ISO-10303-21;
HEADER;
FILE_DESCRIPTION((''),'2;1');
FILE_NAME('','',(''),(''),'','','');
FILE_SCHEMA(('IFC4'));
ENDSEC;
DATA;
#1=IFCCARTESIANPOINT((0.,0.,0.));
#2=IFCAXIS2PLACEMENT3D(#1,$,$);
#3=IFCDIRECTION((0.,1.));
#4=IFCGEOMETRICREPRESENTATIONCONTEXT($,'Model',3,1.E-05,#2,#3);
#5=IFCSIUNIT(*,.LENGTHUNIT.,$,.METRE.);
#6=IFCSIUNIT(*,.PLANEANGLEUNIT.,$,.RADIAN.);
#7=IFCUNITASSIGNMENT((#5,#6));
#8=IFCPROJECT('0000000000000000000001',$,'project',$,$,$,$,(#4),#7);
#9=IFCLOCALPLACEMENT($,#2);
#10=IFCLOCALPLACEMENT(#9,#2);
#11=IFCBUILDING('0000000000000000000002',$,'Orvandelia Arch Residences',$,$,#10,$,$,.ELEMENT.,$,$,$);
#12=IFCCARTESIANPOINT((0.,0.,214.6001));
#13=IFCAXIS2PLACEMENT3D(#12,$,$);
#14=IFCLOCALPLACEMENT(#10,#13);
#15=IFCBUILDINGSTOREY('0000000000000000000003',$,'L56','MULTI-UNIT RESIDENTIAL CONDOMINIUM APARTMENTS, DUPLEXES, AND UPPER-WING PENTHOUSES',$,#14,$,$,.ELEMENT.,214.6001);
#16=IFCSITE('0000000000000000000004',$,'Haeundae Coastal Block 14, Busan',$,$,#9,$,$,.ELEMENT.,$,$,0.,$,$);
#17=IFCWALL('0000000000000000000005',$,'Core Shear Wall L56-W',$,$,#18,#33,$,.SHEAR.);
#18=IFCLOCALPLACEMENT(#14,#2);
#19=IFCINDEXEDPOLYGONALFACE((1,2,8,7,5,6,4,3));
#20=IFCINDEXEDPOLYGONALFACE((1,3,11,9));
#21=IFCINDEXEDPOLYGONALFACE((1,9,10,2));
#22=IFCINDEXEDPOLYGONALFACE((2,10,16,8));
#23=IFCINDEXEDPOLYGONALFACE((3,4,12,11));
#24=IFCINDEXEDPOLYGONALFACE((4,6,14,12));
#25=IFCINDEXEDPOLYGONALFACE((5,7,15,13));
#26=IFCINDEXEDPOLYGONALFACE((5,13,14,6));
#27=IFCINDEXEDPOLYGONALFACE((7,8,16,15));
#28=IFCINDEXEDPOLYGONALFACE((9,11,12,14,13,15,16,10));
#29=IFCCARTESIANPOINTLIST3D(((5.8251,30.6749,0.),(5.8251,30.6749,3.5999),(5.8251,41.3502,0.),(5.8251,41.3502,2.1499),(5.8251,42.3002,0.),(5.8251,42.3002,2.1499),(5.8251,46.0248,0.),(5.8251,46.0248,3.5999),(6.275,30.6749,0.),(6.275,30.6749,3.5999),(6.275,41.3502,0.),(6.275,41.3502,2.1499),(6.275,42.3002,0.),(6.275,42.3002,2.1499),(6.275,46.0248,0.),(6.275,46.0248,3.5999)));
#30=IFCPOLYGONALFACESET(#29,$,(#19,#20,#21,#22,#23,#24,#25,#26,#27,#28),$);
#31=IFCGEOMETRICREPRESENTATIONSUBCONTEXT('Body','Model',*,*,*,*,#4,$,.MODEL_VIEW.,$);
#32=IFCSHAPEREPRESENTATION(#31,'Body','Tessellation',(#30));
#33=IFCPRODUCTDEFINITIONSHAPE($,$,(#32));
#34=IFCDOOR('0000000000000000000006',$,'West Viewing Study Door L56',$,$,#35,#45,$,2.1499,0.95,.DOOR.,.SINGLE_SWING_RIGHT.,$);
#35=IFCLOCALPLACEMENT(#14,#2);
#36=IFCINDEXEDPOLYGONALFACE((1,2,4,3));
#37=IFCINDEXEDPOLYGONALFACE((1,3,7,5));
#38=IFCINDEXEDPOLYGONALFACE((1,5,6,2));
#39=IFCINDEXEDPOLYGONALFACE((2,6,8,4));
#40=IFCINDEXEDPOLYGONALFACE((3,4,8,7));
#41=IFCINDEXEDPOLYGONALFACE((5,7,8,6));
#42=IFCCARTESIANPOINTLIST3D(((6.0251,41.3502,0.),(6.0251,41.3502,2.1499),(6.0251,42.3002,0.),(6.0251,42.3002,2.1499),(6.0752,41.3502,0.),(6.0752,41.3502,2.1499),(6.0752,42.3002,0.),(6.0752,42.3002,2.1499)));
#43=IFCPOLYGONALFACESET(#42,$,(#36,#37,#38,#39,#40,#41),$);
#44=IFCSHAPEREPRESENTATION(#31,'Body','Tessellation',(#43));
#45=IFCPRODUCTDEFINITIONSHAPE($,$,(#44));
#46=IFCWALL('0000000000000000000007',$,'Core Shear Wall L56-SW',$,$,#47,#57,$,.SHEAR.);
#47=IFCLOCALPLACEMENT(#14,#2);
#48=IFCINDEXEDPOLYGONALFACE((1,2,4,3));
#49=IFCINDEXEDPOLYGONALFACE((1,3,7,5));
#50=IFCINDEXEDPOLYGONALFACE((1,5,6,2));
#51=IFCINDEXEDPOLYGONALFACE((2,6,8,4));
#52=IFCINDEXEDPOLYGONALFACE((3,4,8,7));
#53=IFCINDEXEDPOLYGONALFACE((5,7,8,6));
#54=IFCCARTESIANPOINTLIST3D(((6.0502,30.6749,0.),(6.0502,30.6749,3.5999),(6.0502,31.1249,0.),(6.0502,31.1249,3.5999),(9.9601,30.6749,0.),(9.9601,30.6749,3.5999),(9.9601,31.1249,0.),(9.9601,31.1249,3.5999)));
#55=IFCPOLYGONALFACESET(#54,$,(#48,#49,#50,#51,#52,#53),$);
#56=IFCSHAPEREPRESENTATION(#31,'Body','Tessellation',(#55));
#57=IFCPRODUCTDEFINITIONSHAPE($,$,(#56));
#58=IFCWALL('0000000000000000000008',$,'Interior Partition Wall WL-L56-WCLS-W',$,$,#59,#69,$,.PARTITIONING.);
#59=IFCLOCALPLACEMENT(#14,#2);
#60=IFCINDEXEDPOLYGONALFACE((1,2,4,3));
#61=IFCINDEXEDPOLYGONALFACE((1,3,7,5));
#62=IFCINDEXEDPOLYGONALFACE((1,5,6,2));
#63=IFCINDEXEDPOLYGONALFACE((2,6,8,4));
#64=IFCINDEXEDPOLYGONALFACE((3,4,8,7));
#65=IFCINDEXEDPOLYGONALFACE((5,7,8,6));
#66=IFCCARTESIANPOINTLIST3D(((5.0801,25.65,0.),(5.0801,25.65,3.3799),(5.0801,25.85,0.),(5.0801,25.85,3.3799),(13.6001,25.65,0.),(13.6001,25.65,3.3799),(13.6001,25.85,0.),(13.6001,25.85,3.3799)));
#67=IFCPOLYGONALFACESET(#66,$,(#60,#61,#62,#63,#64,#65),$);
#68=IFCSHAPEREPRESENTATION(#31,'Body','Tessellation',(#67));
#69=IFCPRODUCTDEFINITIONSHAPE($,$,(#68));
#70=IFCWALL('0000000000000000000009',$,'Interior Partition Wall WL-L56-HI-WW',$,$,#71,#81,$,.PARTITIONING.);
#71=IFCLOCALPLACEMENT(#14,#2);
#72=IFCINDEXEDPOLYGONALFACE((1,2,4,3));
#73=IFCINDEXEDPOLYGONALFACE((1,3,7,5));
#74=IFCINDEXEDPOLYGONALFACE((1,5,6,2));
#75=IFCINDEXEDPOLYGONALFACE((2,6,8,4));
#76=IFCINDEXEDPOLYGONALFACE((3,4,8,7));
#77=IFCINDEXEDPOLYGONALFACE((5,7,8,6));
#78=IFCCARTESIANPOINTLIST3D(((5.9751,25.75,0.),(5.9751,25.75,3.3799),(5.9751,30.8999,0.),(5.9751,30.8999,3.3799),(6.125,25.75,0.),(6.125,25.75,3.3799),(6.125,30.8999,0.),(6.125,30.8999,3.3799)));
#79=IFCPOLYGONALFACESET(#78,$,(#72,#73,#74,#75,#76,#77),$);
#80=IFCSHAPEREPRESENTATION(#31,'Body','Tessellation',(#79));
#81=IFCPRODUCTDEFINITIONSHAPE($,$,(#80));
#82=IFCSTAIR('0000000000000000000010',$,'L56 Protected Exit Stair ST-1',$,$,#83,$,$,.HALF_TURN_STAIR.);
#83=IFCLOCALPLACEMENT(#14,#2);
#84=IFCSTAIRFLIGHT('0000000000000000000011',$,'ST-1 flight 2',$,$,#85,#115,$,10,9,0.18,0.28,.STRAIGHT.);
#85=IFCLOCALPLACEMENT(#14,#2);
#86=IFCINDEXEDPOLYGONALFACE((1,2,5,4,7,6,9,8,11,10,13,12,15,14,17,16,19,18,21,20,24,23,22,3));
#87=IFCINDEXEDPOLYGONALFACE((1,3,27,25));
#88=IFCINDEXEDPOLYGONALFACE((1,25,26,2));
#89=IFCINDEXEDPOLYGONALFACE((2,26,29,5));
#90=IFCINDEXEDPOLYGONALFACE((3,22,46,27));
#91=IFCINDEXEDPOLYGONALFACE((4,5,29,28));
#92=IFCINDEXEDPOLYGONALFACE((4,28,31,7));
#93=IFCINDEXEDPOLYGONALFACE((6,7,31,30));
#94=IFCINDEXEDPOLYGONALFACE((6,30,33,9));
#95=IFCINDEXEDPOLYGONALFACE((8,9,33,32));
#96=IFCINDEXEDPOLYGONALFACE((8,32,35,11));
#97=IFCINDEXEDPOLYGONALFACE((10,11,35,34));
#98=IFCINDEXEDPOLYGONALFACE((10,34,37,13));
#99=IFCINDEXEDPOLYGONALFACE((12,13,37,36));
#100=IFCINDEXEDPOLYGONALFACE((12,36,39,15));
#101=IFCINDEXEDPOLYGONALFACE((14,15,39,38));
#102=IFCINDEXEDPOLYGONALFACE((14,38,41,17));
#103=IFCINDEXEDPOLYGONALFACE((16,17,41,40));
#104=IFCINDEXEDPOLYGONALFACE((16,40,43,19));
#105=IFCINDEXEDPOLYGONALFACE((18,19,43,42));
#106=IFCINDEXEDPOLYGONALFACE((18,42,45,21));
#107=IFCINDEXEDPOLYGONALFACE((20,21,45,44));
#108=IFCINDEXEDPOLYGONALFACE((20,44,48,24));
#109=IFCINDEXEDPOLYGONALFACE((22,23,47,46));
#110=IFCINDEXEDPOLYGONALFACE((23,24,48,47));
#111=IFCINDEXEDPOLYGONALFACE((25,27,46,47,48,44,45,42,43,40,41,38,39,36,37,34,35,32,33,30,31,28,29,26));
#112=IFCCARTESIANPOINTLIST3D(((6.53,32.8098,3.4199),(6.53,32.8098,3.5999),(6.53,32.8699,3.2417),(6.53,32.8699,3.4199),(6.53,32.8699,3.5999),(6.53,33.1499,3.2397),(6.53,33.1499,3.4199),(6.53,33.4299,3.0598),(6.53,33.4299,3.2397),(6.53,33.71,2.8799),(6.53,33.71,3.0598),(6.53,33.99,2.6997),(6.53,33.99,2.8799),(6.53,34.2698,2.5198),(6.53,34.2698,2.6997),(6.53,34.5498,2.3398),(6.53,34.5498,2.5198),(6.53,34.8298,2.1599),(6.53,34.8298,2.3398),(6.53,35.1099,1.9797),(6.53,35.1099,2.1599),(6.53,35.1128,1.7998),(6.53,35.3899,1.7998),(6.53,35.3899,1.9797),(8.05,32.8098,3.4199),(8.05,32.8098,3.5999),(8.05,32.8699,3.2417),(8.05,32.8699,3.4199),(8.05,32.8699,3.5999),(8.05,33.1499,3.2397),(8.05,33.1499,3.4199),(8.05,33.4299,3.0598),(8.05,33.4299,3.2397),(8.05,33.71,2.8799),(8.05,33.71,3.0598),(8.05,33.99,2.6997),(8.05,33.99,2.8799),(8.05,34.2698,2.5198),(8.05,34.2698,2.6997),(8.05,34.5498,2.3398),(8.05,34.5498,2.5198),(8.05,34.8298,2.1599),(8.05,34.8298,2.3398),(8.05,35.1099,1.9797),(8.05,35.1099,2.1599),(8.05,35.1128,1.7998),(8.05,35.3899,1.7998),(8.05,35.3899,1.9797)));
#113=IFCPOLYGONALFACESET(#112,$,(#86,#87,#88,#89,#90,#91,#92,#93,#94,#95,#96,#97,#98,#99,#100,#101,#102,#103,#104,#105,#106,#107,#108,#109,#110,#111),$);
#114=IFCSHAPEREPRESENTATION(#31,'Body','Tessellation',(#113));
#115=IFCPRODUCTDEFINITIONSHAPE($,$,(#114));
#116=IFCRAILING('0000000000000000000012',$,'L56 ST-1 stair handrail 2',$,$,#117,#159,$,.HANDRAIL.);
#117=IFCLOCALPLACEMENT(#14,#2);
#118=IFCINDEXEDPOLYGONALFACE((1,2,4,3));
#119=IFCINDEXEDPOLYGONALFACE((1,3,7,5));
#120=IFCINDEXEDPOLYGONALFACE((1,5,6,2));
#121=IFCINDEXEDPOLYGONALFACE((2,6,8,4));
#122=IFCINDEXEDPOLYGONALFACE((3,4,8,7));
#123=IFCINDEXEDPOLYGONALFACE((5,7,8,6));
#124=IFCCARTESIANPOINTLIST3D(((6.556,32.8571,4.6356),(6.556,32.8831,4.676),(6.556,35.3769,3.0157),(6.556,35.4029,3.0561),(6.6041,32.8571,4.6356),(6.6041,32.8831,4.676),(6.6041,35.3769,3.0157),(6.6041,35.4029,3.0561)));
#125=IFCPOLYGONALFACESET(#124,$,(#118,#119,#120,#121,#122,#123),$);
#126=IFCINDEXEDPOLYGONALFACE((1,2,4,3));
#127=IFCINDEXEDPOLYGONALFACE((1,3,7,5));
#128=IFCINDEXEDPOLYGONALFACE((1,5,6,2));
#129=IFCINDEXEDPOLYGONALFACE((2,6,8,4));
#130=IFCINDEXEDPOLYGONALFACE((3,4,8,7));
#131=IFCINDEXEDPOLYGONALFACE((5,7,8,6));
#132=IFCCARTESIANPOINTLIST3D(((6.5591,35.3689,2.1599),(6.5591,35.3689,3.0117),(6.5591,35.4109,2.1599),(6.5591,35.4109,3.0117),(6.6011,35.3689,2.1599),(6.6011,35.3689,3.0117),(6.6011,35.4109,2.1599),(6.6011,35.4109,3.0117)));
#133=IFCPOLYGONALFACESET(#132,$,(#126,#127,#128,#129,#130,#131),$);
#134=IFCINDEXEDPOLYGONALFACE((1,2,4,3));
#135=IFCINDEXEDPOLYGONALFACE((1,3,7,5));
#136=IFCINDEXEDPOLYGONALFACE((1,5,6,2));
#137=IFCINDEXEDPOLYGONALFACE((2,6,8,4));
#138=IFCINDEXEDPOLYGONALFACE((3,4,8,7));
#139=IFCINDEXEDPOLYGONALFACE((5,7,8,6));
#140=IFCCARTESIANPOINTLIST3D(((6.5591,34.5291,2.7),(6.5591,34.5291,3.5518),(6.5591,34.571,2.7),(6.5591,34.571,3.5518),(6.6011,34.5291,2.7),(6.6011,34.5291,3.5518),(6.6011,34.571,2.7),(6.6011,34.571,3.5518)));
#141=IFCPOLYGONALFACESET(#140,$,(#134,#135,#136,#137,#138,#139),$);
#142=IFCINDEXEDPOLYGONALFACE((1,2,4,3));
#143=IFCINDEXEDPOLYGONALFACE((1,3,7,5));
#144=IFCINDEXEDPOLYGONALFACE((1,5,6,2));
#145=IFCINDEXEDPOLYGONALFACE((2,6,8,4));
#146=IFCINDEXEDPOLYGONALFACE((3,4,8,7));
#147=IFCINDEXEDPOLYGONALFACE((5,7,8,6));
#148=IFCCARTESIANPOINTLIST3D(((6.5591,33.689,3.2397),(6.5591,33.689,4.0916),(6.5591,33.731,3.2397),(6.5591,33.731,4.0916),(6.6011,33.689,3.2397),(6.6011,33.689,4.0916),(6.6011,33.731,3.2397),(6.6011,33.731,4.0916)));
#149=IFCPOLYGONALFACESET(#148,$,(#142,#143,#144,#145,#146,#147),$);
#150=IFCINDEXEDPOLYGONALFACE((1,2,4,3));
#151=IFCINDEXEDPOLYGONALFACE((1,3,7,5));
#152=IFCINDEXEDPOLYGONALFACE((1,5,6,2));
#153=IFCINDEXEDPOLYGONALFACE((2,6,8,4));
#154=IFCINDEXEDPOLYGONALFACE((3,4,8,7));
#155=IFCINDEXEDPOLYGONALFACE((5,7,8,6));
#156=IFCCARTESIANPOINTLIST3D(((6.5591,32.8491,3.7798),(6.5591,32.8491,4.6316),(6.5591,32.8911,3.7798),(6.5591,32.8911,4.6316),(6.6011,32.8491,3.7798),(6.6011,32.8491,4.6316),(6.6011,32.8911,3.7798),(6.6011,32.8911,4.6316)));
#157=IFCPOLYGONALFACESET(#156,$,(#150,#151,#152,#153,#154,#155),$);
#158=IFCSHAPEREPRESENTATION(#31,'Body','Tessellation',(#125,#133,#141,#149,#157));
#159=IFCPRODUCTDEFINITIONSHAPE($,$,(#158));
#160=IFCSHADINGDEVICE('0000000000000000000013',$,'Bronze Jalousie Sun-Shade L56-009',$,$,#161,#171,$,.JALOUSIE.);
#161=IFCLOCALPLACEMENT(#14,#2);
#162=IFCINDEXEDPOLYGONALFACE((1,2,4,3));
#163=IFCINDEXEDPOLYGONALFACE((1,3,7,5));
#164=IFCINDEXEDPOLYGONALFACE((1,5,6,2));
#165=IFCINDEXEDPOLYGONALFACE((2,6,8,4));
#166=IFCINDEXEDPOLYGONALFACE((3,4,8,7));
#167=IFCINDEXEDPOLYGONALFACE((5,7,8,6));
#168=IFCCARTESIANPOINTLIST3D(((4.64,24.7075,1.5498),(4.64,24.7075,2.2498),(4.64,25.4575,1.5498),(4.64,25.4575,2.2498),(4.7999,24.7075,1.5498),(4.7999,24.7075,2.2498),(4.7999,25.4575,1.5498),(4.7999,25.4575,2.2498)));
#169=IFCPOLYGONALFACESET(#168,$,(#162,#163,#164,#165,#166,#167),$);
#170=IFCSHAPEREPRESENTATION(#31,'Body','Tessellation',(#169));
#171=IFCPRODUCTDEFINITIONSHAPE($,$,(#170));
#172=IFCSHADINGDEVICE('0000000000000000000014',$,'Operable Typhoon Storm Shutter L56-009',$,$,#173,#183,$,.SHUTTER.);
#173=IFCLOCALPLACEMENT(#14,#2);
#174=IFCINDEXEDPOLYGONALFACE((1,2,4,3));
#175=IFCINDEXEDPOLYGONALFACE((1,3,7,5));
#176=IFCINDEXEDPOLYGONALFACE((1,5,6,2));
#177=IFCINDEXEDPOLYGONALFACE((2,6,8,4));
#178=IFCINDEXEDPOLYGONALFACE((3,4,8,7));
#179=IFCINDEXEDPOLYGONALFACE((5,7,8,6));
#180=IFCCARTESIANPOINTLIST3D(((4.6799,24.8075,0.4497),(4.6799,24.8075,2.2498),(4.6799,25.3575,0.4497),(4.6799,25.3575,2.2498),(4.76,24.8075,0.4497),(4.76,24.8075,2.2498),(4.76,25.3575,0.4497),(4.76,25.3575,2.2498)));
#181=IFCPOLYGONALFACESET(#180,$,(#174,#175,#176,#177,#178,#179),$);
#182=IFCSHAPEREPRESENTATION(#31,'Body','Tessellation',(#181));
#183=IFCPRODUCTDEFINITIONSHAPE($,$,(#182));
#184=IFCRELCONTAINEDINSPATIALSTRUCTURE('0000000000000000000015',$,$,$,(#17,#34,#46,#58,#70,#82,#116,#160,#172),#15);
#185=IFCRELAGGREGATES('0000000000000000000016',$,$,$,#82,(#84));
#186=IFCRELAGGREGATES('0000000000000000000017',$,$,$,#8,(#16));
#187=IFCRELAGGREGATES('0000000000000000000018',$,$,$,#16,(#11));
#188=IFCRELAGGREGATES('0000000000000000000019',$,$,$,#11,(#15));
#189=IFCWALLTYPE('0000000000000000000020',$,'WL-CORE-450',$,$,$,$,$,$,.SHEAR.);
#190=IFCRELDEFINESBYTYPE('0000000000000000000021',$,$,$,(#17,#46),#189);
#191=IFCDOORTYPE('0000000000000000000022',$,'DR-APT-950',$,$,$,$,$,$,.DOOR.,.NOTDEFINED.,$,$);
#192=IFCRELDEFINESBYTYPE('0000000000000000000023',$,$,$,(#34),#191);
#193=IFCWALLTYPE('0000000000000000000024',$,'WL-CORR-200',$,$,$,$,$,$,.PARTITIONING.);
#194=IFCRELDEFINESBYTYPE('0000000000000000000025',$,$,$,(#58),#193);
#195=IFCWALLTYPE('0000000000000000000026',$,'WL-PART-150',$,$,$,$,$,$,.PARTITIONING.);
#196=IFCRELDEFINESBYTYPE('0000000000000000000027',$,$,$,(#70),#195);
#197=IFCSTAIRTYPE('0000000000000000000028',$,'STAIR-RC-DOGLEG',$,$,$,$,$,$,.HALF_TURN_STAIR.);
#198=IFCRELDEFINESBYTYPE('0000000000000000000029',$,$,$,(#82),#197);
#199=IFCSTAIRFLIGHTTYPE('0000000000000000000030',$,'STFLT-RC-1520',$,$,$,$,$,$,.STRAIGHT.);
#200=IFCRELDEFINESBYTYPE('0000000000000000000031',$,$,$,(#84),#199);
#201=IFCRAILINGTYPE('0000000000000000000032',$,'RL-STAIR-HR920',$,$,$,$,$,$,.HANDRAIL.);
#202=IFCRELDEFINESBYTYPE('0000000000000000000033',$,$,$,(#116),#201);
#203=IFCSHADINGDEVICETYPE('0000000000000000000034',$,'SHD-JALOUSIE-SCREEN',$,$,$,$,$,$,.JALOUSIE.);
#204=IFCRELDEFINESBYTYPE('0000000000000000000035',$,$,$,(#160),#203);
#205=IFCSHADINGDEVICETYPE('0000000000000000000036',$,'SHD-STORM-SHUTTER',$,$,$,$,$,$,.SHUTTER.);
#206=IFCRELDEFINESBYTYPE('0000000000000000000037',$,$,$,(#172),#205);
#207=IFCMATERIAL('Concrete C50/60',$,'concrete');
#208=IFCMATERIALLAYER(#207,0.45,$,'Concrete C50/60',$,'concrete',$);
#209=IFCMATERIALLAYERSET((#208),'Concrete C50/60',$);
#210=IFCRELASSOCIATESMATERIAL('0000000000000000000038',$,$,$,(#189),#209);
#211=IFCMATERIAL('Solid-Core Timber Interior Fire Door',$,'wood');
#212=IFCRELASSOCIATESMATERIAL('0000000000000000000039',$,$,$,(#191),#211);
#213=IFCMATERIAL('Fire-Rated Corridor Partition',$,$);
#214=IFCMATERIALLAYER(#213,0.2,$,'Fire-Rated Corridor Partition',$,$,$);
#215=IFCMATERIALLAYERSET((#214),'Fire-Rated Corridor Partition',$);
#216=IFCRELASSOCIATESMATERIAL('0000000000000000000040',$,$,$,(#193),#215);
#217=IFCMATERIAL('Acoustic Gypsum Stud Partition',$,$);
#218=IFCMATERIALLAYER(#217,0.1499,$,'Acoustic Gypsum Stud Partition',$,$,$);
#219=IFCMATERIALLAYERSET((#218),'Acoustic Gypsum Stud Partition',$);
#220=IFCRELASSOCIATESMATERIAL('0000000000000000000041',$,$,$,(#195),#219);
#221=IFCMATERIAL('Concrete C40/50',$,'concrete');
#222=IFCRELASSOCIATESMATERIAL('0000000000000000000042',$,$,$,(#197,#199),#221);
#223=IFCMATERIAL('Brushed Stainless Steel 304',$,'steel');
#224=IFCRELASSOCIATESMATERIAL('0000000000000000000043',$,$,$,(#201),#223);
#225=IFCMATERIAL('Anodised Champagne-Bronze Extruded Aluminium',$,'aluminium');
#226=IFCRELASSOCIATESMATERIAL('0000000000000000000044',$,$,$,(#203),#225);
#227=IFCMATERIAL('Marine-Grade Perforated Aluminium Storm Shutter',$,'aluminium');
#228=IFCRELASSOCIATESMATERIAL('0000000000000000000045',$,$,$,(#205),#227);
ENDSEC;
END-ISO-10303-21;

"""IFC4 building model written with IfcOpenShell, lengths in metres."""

from ifc_helpers import new_model, si_unit, direction, frame, frame_2d, origin, origin_2d, place, context, subcontext, project, spatial, polyline, rectangle, outline, extrude, material, layer, layer_set, type_object, element, fill, aggregate, save


model = new_model("IFC4")

# Units and contexts
model_context = context("Model", 3, precision=1e-05, world=origin(), true_north=direction((0.0, 1.0)))
body_context = subcontext(model_context, "Body", "Model", "MODEL_VIEW")
ifc_project = project(units=[si_unit("LENGTHUNIT", "METRE"), si_unit("PLANEANGLEUNIT", "RADIAN")], contexts=[model_context])

# Site, building, storey
site_placement = place(None, origin())
site = spatial("IfcSite", under=ifc_project, at=site_placement, Name="Haeundae Coastal Block 14, Busan", CompositionType="ELEMENT", RefElevation=0.0)
building_placement = place(site_placement, origin())
building = spatial("IfcBuilding", under=site, at=building_placement, Name="Orvandelia Arch Residences", CompositionType="ELEMENT")
storey_placement = place(building_placement, frame((0.0, 0.0, 214.6001)))
storey = spatial("IfcBuildingStorey", under=building, at=storey_placement, Name="L56", Description="MULTI-UNIT RESIDENTIAL CONDOMINIUM APARTMENTS, DUPLEXES, AND UPPER-WING PENTHOUSES", CompositionType="ELEMENT", Elevation=214.6001)

# Wall, opening, door
ifc_material_1 = material(Name="Concrete C50/60", Category="concrete")
ifc_layer_1 = layer(ifc_material_1, 0.45, Name="Concrete C50/60", Category="concrete")
ifc_layer_set_1 = layer_set([ifc_layer_1], Name="Concrete C50/60")
wall_type_1 = type_object("IfcWallType", Name="WL-CORE-450", PredefinedType="SHEAR", material=ifc_layer_set_1)
wall_1_placement = place(storey_placement, frame((6.05, 30.675, 0.0), z_axis=(0.0, 0.0, 1.0), x_axis=(0.0, 1.0, 0.0)))
wall_1 = element("IfcWall", 1, at=wall_1_placement, inside=storey, type_object=wall_type_1, Name="Core Shear Wall L56-W", PredefinedType="SHEAR", context=body_context, shape_type="SweptSolid", body=[
    extrude(rectangle(XDim=15.3499, YDim=0.45, at=frame_2d((7.6748, 0.0))), origin(), (0.0, 0.0, 1.0), 3.5999),
])
opening_placement = place(wall_1_placement, frame((10.675, 0.0, 0.0)))
opening = element("IfcOpeningElement", 2, at=opening_placement, cuts=wall_1, PredefinedType="OPENING", context=body_context, shape_type="SweptSolid", body=[
    extrude(rectangle(XDim=0.95, YDim=2.1499, at=frame_2d((0.4751, 1.075))), frame((0.0, 0.2349, 0.0), z_axis=(0.0, -1.0, 0.0), x_axis=(1.0, 0.0, 0.0)), (0.0, 0.0, 1.0), 0.47),
])
ifc_material_2 = material(Name="Solid-Core Timber Interior Fire Door", Category="wood")
door_type = type_object("IfcDoorType", Name="DR-APT-950", OperationType="NOTDEFINED", PredefinedType="DOOR", material=ifc_material_2)
door_placement = place(opening_placement, origin())
door = element("IfcDoor", 3, at=door_placement, inside=storey, type_object=door_type, Name="West Viewing Study Door L56", OperationType="SINGLE_SWING_RIGHT", OverallHeight=2.1499, OverallWidth=0.95, PredefinedType="DOOR", context=body_context, shape_type="SweptSolid", body=[
    extrude(rectangle(XDim=0.95, YDim=2.1499, at=frame_2d((0.4751, 1.075))), frame((0.0, 0.0249, 0.0), z_axis=(0.0, -1.0, 0.0), x_axis=(1.0, 0.0, 0.0)), (0.0, 0.0, 1.0), 0.05),
])
fill(opening, door)

# Walls
wall_2_placement = place(storey_placement, frame((6.05, 30.8999, 0.0), z_axis=(0.0, 0.0, 1.0), x_axis=(1.0, 0.0, 0.0)))
element("IfcWall", 4, at=wall_2_placement, inside=storey, type_object=wall_type_1, Name="Core Shear Wall L56-SW", PredefinedType="SHEAR", context=body_context, shape_type="SweptSolid", body=[
    extrude(rectangle(XDim=3.9099, YDim=0.45, at=frame_2d((1.9551, 0.0))), origin(), (0.0, 0.0, 1.0), 3.5999),
])
ifc_material_3 = material(Name="Fire-Rated Corridor Partition")
ifc_layer_2 = layer(ifc_material_3, 0.2, Name="Fire-Rated Corridor Partition")
ifc_layer_set_2 = layer_set([ifc_layer_2], Name="Fire-Rated Corridor Partition")
wall_type_2 = type_object("IfcWallType", Name="WL-CORR-200", PredefinedType="PARTITIONING", material=ifc_layer_set_2)
wall_3_placement = place(storey_placement, frame((5.0801, 25.75, 0.0), z_axis=(0.0, 0.0, 1.0), x_axis=(1.0, 0.0, 0.0)))
element("IfcWall", 5, at=wall_3_placement, inside=storey, type_object=wall_type_2, Name="Interior Partition Wall WL-L56-WCLS-W", PredefinedType="PARTITIONING", context=body_context, shape_type="SweptSolid", body=[
    extrude(rectangle(XDim=8.52, YDim=0.2, at=frame_2d((4.26, 0.0))), origin(), (0.0, 0.0, 1.0), 3.3799),
])
ifc_material_4 = material(Name="Acoustic Gypsum Stud Partition")
ifc_layer_3 = layer(ifc_material_4, 0.1499, Name="Acoustic Gypsum Stud Partition")
ifc_layer_set_3 = layer_set([ifc_layer_3], Name="Acoustic Gypsum Stud Partition")
wall_type_3 = type_object("IfcWallType", Name="WL-PART-150", PredefinedType="PARTITIONING", material=ifc_layer_set_3)
wall_4_placement = place(storey_placement, frame((6.05, 25.75, 0.0), z_axis=(0.0, 0.0, 1.0), x_axis=(0.0, 1.0, 0.0)))
element("IfcWall", 6, at=wall_4_placement, inside=storey, type_object=wall_type_3, Name="Interior Partition Wall WL-L56-HI-WW", PredefinedType="PARTITIONING", context=body_context, shape_type="SweptSolid", body=[
    extrude(rectangle(XDim=5.1499, YDim=0.1499, at=frame_2d((2.575, 0.0))), origin(), (0.0, 0.0, 1.0), 3.3799),
])

# Stair, stair flight
ifc_material_5 = material(Name="Concrete C40/50", Category="concrete")
stair_type = type_object("IfcStairType", Name="STAIR-RC-DOGLEG", PredefinedType="HALF_TURN_STAIR", material=ifc_material_5)
stair_placement = place(storey_placement, origin())
stair = element("IfcStair", 7, at=stair_placement, inside=storey, type_object=stair_type, Name="L56 Protected Exit Stair ST-1", PredefinedType="HALF_TURN_STAIR")
stair_flight_type = type_object("IfcStairFlightType", Name="STFLT-RC-1520", PredefinedType="STRAIGHT", material=ifc_material_5)
stair_flight_placement = place(storey_placement, frame((7.29, 35.3899, 1.7998), z_axis=(0.0, 0.0, 1.0), x_axis=(0.0, -1.0, 0.0)))
stair_flight = element("IfcStairFlight", 8, at=stair_flight_placement, type_object=stair_flight_type, Name="ST-1 flight 2", NumberOfRisers=10, NumberOfTreads=9, PredefinedType="STRAIGHT", RiserHeight=0.18, TreadLength=0.28, context=body_context, shape_type="SweptSolid", body=[
    extrude(outline(polyline([(0.0, 0.0), (0.0, 0.1799), (0.28, 0.1799), (0.28, 0.3601), (0.5601, 0.3601), (0.5601, 0.54), (0.8401, 0.54), (0.8401, 0.72), (1.1201, 0.72), (1.1201, 0.8999), (1.3999, 0.8999), (1.3999, 1.0801), (1.6799, 1.0801), (1.6799, 1.26), (1.96, 1.26), (1.96, 1.4399), (2.24, 1.4399), (2.24, 1.6201), (2.52, 1.6201), (2.52, 1.8), (2.5801, 1.8), (2.5801, 1.6201), (2.52, 1.4419), (0.2771, 0.0), (0.0, 0.0)])), frame((0.0, 0.76, 0.0), z_axis=(0.0, -1.0, 0.0), x_axis=(1.0, 0.0, 0.0)), (0.0, 0.0, 1.0), 1.52),
])
aggregate(stair, [stair_flight])

# Railing
ifc_material_6 = material(Name="Brushed Stainless Steel 304", Category="steel")
railing_type = type_object("IfcRailingType", Name="RL-STAIR-HR920", PredefinedType="HANDRAIL", material=ifc_material_6)
railing_placement = place(storey_placement, frame((6.5801, 35.3899, 2.1599)))
element("IfcRailing", 9, at=railing_placement, inside=storey, type_object=railing_type, Name="L56 ST-1 stair handrail 2", PredefinedType="HANDRAIL", context=body_context, shape_type="SweptSolid", body=[
    extrude(rectangle(XDim=0.0481, YDim=0.0481, at=origin_2d()), frame((0.0, 0.0, 0.876), z_axis=(0.0, -0.841176, 0.540762), x_axis=(1.0, 0.0, 0.0)), (0.0, 0.0, 1.0), 2.9956),
    extrude(rectangle(XDim=0.042, YDim=0.042, at=origin_2d()), origin(), (0.0, 0.0, 1.0), 0.8518),
    extrude(rectangle(XDim=0.042, YDim=0.042, at=origin_2d()), frame((0.0, -0.8398, 0.54)), (0.0, 0.0, 1.0), 0.8518),
    extrude(rectangle(XDim=0.042, YDim=0.042, at=origin_2d()), frame((0.0, -1.6799, 1.0798)), (0.0, 0.0, 1.0), 0.8518),
    extrude(rectangle(XDim=0.042, YDim=0.042, at=origin_2d()), frame((0.0, -2.5198, 1.6199)), (0.0, 0.0, 1.0), 0.8518),
])

# Shading devices
ifc_material_7 = material(Name="Anodised Champagne-Bronze Extruded Aluminium", Category="aluminium")
shading_device_type_1 = type_object("IfcShadingDeviceType", Name="SHD-JALOUSIE-SCREEN", PredefinedType="JALOUSIE", material=ifc_material_7)
shading_device_1_placement = place(storey_placement, frame((4.72, 25.0825, 1.5498), z_axis=(0.0, 0.0, 1.0), x_axis=(0.0, 1.0, 0.0)))
element("IfcShadingDevice", 10, at=shading_device_1_placement, inside=storey, type_object=shading_device_type_1, Name="Bronze Jalousie Sun-Shade L56-009", PredefinedType="JALOUSIE", context=body_context, shape_type="SweptSolid", body=[
    extrude(rectangle(XDim=0.75, YDim=0.1599, at=origin_2d()), origin(), (0.0, 0.0, 1.0), 0.7),
])
ifc_material_8 = material(Name="Marine-Grade Perforated Aluminium Storm Shutter", Category="aluminium")
shading_device_type_2 = type_object("IfcShadingDeviceType", Name="SHD-STORM-SHUTTER", PredefinedType="SHUTTER", material=ifc_material_8)
shading_device_2_placement = place(storey_placement, frame((4.72, 25.0825, 0.4497), z_axis=(0.0, 0.0, 1.0), x_axis=(0.0, 1.0, 0.0)))
element("IfcShadingDevice", 11, at=shading_device_2_placement, inside=storey, type_object=shading_device_type_2, Name="Operable Typhoon Storm Shutter L56-009", PredefinedType="SHUTTER", context=body_context, shape_type="SweptSolid", body=[
    extrude(rectangle(XDim=0.55, YDim=0.0801, at=origin_2d()), origin(), (0.0, 0.0, 1.0), 1.8),
])

save(model, "model.ifc")
